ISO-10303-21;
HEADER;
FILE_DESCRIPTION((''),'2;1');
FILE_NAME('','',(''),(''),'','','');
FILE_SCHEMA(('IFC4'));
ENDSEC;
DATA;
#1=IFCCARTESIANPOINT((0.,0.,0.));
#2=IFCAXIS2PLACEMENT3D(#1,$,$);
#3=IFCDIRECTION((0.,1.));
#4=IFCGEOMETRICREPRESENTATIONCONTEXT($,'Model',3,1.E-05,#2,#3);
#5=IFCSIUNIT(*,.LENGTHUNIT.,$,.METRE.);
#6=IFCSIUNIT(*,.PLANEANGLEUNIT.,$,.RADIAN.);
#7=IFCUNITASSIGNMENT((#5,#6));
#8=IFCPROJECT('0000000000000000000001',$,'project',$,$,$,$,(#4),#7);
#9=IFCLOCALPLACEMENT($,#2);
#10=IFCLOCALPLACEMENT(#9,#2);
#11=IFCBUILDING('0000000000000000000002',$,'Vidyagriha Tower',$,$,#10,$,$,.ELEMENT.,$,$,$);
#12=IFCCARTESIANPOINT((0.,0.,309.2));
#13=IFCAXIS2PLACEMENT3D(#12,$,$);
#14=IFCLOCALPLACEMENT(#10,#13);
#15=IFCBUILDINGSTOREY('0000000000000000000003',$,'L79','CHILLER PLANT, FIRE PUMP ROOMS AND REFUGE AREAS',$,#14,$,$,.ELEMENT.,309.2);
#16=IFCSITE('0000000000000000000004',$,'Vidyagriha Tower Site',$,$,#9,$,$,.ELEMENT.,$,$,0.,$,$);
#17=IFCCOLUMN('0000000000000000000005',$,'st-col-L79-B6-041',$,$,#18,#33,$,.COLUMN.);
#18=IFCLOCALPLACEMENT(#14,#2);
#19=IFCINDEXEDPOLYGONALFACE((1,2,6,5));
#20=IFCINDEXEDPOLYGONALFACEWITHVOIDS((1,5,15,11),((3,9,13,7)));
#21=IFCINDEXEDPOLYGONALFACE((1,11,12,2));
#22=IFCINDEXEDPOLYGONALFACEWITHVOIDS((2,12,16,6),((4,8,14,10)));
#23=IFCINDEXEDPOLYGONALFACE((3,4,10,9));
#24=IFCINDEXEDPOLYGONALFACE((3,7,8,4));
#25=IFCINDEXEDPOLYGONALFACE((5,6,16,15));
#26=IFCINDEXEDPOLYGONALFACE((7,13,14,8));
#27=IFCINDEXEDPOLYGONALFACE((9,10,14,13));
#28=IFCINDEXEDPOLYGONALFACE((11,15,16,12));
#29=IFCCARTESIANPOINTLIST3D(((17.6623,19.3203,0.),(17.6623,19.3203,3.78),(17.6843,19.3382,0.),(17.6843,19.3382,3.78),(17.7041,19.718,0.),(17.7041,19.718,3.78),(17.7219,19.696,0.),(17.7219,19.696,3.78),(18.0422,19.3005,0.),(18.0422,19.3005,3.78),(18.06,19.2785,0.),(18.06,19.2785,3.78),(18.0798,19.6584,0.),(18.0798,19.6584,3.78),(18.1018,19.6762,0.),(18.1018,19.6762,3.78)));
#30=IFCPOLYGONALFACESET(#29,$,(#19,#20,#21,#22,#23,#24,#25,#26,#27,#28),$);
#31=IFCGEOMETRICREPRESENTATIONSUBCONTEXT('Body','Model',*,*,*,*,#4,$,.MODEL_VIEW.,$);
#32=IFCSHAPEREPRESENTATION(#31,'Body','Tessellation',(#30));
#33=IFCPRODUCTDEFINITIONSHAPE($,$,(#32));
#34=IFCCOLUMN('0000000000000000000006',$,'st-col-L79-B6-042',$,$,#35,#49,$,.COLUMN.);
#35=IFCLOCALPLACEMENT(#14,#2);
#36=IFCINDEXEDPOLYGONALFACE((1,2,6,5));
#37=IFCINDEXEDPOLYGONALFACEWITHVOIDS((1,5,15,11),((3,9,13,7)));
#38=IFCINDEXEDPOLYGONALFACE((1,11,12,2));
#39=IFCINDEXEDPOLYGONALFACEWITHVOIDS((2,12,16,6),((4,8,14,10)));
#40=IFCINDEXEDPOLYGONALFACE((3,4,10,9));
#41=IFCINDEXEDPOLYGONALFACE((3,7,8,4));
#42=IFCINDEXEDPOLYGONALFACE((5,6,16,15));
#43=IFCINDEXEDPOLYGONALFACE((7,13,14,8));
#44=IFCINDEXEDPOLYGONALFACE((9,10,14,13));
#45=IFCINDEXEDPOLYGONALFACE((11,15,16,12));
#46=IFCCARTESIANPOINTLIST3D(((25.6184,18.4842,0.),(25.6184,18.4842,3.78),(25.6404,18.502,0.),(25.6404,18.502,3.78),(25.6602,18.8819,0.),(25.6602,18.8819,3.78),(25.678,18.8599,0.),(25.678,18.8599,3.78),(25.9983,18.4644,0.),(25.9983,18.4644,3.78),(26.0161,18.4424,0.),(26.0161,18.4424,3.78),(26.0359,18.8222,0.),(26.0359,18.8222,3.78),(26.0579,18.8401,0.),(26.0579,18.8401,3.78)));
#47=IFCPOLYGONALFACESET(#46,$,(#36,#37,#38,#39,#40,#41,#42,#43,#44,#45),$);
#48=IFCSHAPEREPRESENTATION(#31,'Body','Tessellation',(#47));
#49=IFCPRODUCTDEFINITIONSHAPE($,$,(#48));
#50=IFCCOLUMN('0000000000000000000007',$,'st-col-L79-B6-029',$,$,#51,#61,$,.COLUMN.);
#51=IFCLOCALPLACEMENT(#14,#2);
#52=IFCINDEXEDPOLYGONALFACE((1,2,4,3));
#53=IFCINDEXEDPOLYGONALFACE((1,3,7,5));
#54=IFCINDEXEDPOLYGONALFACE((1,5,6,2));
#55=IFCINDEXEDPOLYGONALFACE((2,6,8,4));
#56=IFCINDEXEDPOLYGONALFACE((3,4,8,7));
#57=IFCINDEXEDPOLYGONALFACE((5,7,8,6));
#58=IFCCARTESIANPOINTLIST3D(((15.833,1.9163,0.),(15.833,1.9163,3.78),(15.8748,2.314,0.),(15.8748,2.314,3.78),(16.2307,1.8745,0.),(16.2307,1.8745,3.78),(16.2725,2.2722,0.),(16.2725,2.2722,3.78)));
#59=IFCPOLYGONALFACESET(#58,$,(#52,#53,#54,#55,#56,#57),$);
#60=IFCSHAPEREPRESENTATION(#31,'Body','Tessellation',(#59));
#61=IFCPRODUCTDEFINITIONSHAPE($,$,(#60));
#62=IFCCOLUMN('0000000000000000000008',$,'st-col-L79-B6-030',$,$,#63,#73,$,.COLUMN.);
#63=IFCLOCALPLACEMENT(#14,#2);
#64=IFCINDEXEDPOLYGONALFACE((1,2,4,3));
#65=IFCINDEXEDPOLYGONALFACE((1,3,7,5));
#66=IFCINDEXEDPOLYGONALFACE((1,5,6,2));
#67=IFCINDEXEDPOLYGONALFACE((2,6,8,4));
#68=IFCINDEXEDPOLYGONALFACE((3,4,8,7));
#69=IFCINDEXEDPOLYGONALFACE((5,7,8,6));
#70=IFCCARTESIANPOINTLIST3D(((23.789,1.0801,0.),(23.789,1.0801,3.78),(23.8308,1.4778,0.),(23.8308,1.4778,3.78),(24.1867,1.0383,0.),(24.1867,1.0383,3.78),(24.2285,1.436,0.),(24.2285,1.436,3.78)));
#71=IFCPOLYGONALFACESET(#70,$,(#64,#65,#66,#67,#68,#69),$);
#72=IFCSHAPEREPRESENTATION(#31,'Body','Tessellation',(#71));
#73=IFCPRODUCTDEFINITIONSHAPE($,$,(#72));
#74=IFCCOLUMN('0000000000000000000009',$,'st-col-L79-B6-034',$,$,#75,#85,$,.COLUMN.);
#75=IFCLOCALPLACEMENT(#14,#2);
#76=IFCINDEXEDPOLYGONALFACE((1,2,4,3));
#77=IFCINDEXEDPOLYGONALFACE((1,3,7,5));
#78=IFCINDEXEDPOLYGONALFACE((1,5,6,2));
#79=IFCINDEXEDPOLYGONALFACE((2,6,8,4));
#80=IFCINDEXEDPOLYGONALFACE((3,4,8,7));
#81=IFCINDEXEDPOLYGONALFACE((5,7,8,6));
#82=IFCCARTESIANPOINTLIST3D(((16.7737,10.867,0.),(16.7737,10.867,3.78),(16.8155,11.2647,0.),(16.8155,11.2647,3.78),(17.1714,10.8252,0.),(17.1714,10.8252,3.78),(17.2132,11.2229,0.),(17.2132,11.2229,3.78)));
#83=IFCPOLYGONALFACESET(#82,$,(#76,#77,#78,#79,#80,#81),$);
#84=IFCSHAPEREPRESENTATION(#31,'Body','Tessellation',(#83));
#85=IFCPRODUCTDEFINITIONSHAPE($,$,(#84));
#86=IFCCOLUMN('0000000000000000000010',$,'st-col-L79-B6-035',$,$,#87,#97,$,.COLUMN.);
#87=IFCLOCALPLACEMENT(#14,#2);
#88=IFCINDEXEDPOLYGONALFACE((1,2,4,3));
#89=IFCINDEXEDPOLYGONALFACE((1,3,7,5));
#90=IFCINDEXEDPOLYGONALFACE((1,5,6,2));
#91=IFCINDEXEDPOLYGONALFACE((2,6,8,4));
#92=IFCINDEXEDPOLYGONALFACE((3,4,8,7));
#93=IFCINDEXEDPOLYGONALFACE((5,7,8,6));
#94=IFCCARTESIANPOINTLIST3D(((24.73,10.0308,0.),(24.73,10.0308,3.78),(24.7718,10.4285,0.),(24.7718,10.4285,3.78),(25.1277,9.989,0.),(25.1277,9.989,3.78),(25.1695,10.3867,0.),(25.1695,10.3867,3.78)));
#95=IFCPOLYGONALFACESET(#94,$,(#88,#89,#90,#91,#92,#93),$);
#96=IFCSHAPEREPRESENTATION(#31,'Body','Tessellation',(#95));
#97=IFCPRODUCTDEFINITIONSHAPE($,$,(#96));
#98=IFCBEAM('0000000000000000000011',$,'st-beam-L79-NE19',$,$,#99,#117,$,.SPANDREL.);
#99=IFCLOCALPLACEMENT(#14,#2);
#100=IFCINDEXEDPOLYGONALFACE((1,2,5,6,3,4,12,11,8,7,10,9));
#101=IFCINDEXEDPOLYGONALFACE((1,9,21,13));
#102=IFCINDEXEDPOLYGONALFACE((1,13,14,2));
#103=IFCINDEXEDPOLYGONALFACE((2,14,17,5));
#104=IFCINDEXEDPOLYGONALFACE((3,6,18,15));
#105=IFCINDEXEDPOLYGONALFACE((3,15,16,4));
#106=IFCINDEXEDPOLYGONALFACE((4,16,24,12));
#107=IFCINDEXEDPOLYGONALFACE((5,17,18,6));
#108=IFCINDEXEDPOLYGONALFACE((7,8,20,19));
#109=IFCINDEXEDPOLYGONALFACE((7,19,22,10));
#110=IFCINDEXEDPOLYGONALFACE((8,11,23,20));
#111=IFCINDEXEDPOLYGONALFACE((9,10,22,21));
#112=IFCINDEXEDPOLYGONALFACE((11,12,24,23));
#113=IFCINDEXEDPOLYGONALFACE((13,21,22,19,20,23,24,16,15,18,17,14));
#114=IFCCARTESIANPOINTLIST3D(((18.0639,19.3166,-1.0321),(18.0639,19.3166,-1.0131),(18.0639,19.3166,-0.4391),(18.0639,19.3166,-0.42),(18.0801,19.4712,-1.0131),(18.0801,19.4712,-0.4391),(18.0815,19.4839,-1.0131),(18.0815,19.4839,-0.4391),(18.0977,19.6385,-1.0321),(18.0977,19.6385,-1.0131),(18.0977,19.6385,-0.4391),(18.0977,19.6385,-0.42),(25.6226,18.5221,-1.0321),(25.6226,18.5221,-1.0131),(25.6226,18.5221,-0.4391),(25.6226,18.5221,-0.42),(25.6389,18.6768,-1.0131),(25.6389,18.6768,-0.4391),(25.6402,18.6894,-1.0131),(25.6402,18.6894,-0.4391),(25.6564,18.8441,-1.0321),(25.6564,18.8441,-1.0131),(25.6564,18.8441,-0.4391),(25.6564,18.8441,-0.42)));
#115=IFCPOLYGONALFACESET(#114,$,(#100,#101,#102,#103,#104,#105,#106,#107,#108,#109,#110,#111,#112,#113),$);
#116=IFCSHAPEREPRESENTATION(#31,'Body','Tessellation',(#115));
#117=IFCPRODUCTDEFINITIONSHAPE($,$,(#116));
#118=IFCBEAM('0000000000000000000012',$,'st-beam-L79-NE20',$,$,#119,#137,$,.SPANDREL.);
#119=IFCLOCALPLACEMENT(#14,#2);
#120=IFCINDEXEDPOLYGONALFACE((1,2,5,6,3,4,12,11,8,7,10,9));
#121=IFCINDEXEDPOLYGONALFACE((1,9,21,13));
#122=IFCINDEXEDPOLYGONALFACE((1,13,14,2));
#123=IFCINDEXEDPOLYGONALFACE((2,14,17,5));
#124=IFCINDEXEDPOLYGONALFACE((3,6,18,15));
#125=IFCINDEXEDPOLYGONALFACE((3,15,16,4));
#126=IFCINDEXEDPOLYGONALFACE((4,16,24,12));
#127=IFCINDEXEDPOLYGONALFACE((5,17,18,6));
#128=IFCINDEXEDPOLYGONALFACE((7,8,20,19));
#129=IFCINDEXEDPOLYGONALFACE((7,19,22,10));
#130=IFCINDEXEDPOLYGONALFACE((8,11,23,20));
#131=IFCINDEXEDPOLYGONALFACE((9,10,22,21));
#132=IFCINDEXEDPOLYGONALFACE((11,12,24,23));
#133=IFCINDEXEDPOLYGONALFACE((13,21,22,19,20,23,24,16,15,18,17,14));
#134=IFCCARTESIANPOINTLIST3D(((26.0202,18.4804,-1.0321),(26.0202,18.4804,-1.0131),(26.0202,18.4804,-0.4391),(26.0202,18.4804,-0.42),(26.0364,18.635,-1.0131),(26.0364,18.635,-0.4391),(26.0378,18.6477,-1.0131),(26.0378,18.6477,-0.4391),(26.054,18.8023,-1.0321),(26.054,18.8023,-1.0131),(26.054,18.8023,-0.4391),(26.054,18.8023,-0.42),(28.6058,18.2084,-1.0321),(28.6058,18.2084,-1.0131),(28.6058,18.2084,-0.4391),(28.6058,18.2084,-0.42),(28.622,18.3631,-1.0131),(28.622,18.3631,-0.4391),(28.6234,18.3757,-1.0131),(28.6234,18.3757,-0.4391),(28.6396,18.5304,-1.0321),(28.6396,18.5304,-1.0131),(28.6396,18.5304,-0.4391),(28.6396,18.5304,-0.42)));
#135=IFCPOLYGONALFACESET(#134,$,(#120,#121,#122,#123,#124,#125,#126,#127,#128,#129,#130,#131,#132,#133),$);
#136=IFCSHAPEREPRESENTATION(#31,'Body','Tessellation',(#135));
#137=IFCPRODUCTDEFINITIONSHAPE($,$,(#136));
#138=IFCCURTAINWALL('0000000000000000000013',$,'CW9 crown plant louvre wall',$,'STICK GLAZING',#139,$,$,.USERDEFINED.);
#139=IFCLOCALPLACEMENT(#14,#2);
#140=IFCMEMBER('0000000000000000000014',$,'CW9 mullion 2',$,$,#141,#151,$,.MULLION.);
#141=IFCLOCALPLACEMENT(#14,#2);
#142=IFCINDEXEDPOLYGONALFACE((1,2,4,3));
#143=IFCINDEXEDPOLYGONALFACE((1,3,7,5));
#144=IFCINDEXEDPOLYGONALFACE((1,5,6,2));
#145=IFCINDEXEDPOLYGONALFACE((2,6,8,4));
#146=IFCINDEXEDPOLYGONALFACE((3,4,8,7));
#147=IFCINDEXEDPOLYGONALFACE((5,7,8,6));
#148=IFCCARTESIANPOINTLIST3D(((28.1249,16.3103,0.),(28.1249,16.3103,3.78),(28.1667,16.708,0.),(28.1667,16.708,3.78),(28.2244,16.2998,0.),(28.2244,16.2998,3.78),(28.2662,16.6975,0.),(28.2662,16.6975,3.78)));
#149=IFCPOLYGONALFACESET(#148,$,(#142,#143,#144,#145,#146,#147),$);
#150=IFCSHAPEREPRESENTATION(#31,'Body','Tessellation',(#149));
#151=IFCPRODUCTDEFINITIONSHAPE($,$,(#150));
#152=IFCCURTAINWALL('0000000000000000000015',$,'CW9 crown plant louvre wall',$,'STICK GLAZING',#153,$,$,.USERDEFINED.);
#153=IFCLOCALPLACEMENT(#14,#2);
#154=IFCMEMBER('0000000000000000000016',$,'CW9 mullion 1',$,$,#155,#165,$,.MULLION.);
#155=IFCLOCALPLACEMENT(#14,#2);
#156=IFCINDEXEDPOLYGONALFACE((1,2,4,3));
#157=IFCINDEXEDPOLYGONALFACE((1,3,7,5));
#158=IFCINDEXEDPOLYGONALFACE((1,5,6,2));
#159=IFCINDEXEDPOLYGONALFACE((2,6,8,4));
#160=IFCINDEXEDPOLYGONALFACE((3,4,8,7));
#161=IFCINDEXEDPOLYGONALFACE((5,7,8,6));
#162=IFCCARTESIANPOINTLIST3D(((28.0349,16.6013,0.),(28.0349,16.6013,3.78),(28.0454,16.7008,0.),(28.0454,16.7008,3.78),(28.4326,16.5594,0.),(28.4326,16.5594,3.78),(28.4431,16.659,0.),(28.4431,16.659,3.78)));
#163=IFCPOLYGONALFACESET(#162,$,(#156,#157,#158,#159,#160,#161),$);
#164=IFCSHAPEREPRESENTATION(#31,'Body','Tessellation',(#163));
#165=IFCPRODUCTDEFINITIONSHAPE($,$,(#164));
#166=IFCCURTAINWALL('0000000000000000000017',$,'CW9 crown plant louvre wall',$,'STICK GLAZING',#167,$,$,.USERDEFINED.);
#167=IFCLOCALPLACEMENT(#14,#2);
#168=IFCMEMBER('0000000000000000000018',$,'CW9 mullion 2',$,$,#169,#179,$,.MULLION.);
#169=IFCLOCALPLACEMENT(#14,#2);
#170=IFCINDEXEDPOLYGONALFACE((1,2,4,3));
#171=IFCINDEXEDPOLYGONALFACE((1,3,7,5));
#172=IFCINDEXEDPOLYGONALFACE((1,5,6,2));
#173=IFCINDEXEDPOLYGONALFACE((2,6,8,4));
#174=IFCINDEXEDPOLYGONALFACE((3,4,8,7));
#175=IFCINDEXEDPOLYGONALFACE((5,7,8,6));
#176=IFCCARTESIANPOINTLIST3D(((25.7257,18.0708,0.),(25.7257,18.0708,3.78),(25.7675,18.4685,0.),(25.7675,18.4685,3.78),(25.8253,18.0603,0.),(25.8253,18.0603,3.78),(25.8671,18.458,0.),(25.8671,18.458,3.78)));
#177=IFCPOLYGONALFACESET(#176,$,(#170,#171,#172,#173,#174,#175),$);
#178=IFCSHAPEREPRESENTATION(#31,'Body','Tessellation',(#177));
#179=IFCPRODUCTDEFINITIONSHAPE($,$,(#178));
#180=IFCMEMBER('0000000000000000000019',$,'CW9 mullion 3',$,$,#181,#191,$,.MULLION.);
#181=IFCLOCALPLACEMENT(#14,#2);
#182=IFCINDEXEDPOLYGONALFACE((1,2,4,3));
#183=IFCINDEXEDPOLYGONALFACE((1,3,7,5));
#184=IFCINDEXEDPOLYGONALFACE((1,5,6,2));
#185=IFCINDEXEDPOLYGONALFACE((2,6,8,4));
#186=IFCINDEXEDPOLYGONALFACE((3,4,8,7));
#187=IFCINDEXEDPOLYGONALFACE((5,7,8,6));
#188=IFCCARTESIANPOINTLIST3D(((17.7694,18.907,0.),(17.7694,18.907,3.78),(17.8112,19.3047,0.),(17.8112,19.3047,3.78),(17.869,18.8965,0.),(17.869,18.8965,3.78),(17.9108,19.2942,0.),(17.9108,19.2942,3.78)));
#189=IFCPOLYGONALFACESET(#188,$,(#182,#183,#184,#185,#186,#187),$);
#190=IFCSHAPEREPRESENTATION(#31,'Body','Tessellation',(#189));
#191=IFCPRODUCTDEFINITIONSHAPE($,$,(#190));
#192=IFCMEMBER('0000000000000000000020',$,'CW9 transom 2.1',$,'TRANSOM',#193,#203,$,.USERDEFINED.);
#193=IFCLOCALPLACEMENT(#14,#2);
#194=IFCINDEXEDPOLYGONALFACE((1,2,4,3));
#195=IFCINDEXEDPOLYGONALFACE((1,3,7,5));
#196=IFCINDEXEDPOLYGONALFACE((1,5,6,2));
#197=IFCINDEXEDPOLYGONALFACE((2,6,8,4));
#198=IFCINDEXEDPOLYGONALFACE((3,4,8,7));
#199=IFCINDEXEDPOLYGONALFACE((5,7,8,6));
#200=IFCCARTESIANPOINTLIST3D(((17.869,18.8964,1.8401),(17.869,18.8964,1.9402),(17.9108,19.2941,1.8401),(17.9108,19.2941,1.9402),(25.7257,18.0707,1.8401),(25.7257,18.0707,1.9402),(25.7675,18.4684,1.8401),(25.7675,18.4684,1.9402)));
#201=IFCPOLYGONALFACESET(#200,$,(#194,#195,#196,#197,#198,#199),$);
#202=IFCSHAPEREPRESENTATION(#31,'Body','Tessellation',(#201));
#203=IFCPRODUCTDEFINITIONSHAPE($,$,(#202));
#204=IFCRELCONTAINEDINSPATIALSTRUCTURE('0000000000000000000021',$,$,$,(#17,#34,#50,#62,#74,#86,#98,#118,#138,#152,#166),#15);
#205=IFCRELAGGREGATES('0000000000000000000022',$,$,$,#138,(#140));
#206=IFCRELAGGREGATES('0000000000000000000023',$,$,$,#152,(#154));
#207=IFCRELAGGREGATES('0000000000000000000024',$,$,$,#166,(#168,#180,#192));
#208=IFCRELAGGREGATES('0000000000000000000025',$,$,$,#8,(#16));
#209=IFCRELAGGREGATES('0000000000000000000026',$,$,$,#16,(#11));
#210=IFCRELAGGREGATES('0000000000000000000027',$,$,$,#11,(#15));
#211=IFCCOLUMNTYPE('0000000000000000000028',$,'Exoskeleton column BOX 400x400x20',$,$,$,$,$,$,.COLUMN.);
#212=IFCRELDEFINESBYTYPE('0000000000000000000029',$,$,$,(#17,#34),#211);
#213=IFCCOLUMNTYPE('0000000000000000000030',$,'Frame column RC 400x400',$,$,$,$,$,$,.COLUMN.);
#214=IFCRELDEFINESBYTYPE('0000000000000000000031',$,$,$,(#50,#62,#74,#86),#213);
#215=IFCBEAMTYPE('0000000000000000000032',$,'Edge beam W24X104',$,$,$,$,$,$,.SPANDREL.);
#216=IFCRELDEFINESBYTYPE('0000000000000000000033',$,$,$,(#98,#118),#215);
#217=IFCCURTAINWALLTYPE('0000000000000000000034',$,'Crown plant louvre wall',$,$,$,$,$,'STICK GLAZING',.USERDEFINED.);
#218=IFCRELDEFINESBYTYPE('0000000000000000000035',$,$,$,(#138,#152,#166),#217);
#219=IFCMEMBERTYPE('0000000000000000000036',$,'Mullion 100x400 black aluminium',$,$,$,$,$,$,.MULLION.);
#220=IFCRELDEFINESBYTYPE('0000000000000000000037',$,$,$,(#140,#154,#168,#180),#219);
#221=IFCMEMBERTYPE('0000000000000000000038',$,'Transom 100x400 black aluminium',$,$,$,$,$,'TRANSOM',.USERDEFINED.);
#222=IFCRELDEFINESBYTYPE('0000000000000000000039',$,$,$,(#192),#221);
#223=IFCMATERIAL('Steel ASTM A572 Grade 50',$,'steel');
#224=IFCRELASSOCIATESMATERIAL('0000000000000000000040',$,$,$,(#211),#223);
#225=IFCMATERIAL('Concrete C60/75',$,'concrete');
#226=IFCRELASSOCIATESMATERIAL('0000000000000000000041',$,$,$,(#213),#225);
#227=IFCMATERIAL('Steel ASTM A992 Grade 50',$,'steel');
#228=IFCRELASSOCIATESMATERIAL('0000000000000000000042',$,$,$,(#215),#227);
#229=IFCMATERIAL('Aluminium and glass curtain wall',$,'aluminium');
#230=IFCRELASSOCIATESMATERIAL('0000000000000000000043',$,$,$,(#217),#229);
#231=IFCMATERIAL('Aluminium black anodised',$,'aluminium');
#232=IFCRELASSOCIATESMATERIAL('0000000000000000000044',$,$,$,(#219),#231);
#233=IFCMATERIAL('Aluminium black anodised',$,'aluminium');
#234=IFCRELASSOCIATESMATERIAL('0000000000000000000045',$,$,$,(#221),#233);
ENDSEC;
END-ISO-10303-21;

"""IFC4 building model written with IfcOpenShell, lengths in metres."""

from ifc_helpers import new_model, si_unit, direction, frame, origin, origin_2d, place, context, subcontext, project, spatial, rectangle, hollow_rectangle, i_section, extrude, material, material_profile, profile_set, type_object, element, aggregate, save


model = new_model("IFC4")

# Units and contexts
model_context = context("Model", 3, precision=1e-05, world=origin(), true_north=direction((0.0, 1.0)))
body_context = subcontext(model_context, "Body", "Model", "MODEL_VIEW")
ifc_project = project(units=[si_unit("LENGTHUNIT", "METRE"), si_unit("PLANEANGLEUNIT", "RADIAN")], contexts=[model_context])

# Site, building, storey
site_placement = place(None, origin())
site = spatial("IfcSite", under=ifc_project, at=site_placement, Name="Vidyagriha Tower Site", CompositionType="ELEMENT", RefElevation=0.0)
building_placement = place(site_placement, origin())
building = spatial("IfcBuilding", under=site, at=building_placement, Name="Vidyagriha Tower", CompositionType="ELEMENT")
storey_placement = place(building_placement, frame((0.0, 0.0, 309.2)))
storey = spatial("IfcBuildingStorey", under=building, at=storey_placement, Name="L79", Description="CHILLER PLANT, FIRE PUMP ROOMS AND REFUGE AREAS", CompositionType="ELEMENT", Elevation=309.2)

# Columns
ifc_material_1 = material(Name="Steel ASTM A572 Grade 50", Category="steel")
ifc_material_profile_1 = material_profile(ifc_material_1, hollow_rectangle(XDim=0.3999, YDim=0.3999, WallThickness=0.02, at=origin_2d()), Name="BOX 400x400x20")
ifc_profile_set_1 = profile_set([ifc_material_profile_1], Name="Steel ASTM A572 Grade 50")
column_type_1 = type_object("IfcColumnType", Name="Exoskeleton column BOX 400x400x20", PredefinedType="COLUMN", material=ifc_profile_set_1)
for number, where, z_axis, x_axis, name in (
    (1, (17.8821, 19.4983, 0.0), (0.0, 0.0, 1.0), (0.994522, -0.104528, 0.0), "st-col-L79-B6-041"),
    (2, (25.8381, 18.6621, 0.0), (0.0, 0.0, 1.0), (0.994522, -0.104528, 0.0), "st-col-L79-B6-042"),
):
    element("IfcColumn", number, at=place(storey_placement, frame(where, z_axis=z_axis, x_axis=x_axis)), inside=storey, type_object=column_type_1, Name=name, PredefinedType="COLUMN", context=body_context, shape_type="SweptSolid", body=[
        extrude(hollow_rectangle(XDim=0.3999, YDim=0.3999, WallThickness=0.02, at=origin_2d()), origin(), (0.0, 0.0, 1.0), 3.78),
    ])
ifc_material_2 = material(Name="Concrete C60/75", Category="concrete")
ifc_material_profile_2 = material_profile(ifc_material_2, rectangle(XDim=0.3999, YDim=0.3999, at=origin_2d()), Name="RC 400x400")
ifc_profile_set_2 = profile_set([ifc_material_profile_2], Name="Concrete C60/75")
column_type_2 = type_object("IfcColumnType", Name="Frame column RC 400x400", PredefinedType="COLUMN", material=ifc_profile_set_2)
for number, where, z_axis, x_axis, name in (
    (3, (16.0527, 2.0942, 0.0), (0.0, 0.0, 1.0), (0.994522, -0.104528, 0.0), "st-col-L79-B6-029"),
    (4, (24.0088, 1.2581, 0.0), (0.0, 0.0, 1.0), (0.994522, -0.104528, 0.0), "st-col-L79-B6-030"),
    (5, (16.9934, 11.0449, 0.0), (0.0, 0.0, 1.0), (0.994522, -0.104528, 0.0), "st-col-L79-B6-034"),
    (6, (24.9497, 10.2087, 0.0), (0.0, 0.0, 1.0), (0.994522, -0.104528, 0.0), "st-col-L79-B6-035"),
):
    element("IfcColumn", number, at=place(storey_placement, frame(where, z_axis=z_axis, x_axis=x_axis)), inside=storey, type_object=column_type_2, Name=name, PredefinedType="COLUMN", context=body_context, shape_type="SweptSolid", body=[
        extrude(rectangle(XDim=0.3999, YDim=0.3999, at=origin_2d()), origin(), (0.0, 0.0, 1.0), 3.78),
    ])

# Beams
ifc_material_3 = material(Name="Steel ASTM A992 Grade 50", Category="steel")
ifc_material_profile_3 = material_profile(ifc_material_3, i_section(OverallWidth=0.3237, OverallDepth=0.6121, WebThickness=0.0127, FlangeThickness=0.019, at=origin_2d()), Name="W24X104")
ifc_profile_set_3 = profile_set([ifc_material_profile_3], Name="Steel ASTM A992 Grade 50")
beam_type = type_object("IfcBeamType", Name="Edge beam W24X104", PredefinedType="SPANDREL", material=ifc_profile_set_3)
beam_1_placement = place(storey_placement, frame((18.0808, 19.4775, -0.7261), z_axis=(0.994522, -0.104528, 0.0), x_axis=(0.104528, 0.994522, 0.0)))
element("IfcBeam", 7, at=beam_1_placement, inside=storey, type_object=beam_type, Name="st-beam-L79-NE19", PredefinedType="SPANDREL", context=body_context, shape_type="SweptSolid", body=[
    extrude(i_section(OverallWidth=0.3237, OverallDepth=0.6121, WebThickness=0.0127, FlangeThickness=0.019, at=origin_2d()), origin(), (0.0, 0.0, 1.0), 7.6003),
])
beam_2_placement = place(storey_placement, frame((26.0371, 18.6414, -0.7261), z_axis=(0.994514, -0.104607, 0.0), x_axis=(0.104607, 0.994514, 0.0)))
element("IfcBeam", 8, at=beam_2_placement, inside=storey, type_object=beam_type, Name="st-beam-L79-NE20", PredefinedType="SPANDREL", context=body_context, shape_type="SweptSolid", body=[
    extrude(i_section(OverallWidth=0.3237, OverallDepth=0.6121, WebThickness=0.0127, FlangeThickness=0.019, at=origin_2d()), origin(), (0.0, 0.0, 1.0), 2.5999),
])

# Curtain walls, members
ifc_material_4 = material(Name="Aluminium and glass curtain wall", Category="aluminium")
curtain_wall_type = type_object("IfcCurtainWallType", Name="Crown plant louvre wall", ElementType="STICK GLAZING", PredefinedType="USERDEFINED", material=ifc_material_4)
curtain_wall_1_placement = place(storey_placement, origin())
curtain_wall_1 = element("IfcCurtainWall", 9, at=curtain_wall_1_placement, inside=storey, type_object=curtain_wall_type, Name="CW9 crown plant louvre wall", ObjectType="STICK GLAZING", PredefinedType="USERDEFINED")
ifc_material_5 = material(Name="Aluminium black anodised", Category="aluminium")
ifc_material_profile_4 = material_profile(ifc_material_5, rectangle(XDim=0.3999, YDim=0.1001, at=origin_2d()), Name="Mullion 100x400 black aluminium")
ifc_profile_set_4 = profile_set([ifc_material_profile_4], Name="Aluminium black anodised")
member_type_1 = type_object("IfcMemberType", Name="Mullion 100x400 black aluminium", PredefinedType="MULLION", material=ifc_profile_set_4)
member_1_placement = place(storey_placement, frame((28.1956, 16.5039, 0.0), z_axis=(0.0, 0.0, 1.0), x_axis=(-0.104519, -0.994523, 0.0)))
member_1 = element("IfcMember", 10, at=member_1_placement, type_object=member_type_1, Name="CW9 mullion 2", PredefinedType="MULLION", context=body_context, shape_type="SweptSolid", body=[
    extrude(rectangle(XDim=0.3999, YDim=0.1001, at=origin_2d()), origin(), (0.0, 0.0, 1.0), 3.78),
])
aggregate(curtain_wall_1, [member_1])
curtain_wall_2_placement = place(storey_placement, origin())
curtain_wall_2 = element("IfcCurtainWall", 11, at=curtain_wall_2_placement, inside=storey, type_object=curtain_wall_type, Name="CW9 crown plant louvre wall", ObjectType="STICK GLAZING", PredefinedType="USERDEFINED")
member_2_placement = place(storey_placement, frame((28.239, 16.6301, 0.0), z_axis=(0.0, 0.0, 1.0), x_axis=(-0.994519, 0.104557, 0.0)))
member_2 = element("IfcMember", 12, at=member_2_placement, type_object=member_type_1, Name="CW9 mullion 1", PredefinedType="MULLION", context=body_context, shape_type="SweptSolid", body=[
    extrude(rectangle(XDim=0.3999, YDim=0.1001, at=origin_2d()), origin(), (0.0, 0.0, 1.0), 3.78),
])
aggregate(curtain_wall_2, [member_2])

# Curtain wall, members
curtain_wall_3_placement = place(storey_placement, origin())
curtain_wall_3 = element("IfcCurtainWall", 13, at=curtain_wall_3_placement, inside=storey, type_object=curtain_wall_type, Name="CW9 crown plant louvre wall", ObjectType="STICK GLAZING", PredefinedType="USERDEFINED")
member_3_placement = place(storey_placement, frame((25.7964, 18.2644, 0.0), z_axis=(0.0, 0.0, 1.0), x_axis=(-0.104528, -0.994522, 0.0)))
member_3 = element("IfcMember", 14, at=member_3_placement, type_object=member_type_1, Name="CW9 mullion 2", PredefinedType="MULLION", context=body_context, shape_type="SweptSolid", body=[
    extrude(rectangle(XDim=0.3999, YDim=0.1001, at=origin_2d()), origin(), (0.0, 0.0, 1.0), 3.78),
])
member_4_placement = place(storey_placement, frame((17.8401, 19.1006, 0.0), z_axis=(0.0, 0.0, 1.0), x_axis=(-0.104528, -0.994522, 0.0)))
member_4 = element("IfcMember", 15, at=member_4_placement, type_object=member_type_1, Name="CW9 mullion 3", PredefinedType="MULLION", context=body_context, shape_type="SweptSolid", body=[
    extrude(rectangle(XDim=0.3999, YDim=0.1001, at=origin_2d()), origin(), (0.0, 0.0, 1.0), 3.78),
])
ifc_material_6 = material(Name="Aluminium black anodised", Category="aluminium")
ifc_material_profile_5 = material_profile(ifc_material_6, rectangle(XDim=0.3999, YDim=0.1001, at=origin_2d()), Name="Transom 100x400 black aluminium")
ifc_profile_set_5 = profile_set([ifc_material_profile_5], Name="Aluminium black anodised")
member_type_2 = type_object("IfcMemberType", Name="Transom 100x400 black aluminium", ElementType="TRANSOM", PredefinedType="USERDEFINED", material=ifc_profile_set_5)
member_5_placement = place(storey_placement, frame((25.7466, 18.2695, 1.8901), z_axis=(-0.994523, 0.104517, 0.0), x_axis=(-0.104517, -0.994523, 0.0)))
member_5 = element("IfcMember", 16, at=member_5_placement, type_object=member_type_2, Name="CW9 transom 2.1", ObjectType="TRANSOM", PredefinedType="USERDEFINED", context=body_context, shape_type="SweptSolid", body=[
    extrude(rectangle(XDim=0.3999, YDim=0.1001, at=origin_2d()), origin(), (0.0, 0.0, 1.0), 7.8999),
])
aggregate(curtain_wall_3, [member_3, member_4, member_5])

save(model, "model.ifc")
